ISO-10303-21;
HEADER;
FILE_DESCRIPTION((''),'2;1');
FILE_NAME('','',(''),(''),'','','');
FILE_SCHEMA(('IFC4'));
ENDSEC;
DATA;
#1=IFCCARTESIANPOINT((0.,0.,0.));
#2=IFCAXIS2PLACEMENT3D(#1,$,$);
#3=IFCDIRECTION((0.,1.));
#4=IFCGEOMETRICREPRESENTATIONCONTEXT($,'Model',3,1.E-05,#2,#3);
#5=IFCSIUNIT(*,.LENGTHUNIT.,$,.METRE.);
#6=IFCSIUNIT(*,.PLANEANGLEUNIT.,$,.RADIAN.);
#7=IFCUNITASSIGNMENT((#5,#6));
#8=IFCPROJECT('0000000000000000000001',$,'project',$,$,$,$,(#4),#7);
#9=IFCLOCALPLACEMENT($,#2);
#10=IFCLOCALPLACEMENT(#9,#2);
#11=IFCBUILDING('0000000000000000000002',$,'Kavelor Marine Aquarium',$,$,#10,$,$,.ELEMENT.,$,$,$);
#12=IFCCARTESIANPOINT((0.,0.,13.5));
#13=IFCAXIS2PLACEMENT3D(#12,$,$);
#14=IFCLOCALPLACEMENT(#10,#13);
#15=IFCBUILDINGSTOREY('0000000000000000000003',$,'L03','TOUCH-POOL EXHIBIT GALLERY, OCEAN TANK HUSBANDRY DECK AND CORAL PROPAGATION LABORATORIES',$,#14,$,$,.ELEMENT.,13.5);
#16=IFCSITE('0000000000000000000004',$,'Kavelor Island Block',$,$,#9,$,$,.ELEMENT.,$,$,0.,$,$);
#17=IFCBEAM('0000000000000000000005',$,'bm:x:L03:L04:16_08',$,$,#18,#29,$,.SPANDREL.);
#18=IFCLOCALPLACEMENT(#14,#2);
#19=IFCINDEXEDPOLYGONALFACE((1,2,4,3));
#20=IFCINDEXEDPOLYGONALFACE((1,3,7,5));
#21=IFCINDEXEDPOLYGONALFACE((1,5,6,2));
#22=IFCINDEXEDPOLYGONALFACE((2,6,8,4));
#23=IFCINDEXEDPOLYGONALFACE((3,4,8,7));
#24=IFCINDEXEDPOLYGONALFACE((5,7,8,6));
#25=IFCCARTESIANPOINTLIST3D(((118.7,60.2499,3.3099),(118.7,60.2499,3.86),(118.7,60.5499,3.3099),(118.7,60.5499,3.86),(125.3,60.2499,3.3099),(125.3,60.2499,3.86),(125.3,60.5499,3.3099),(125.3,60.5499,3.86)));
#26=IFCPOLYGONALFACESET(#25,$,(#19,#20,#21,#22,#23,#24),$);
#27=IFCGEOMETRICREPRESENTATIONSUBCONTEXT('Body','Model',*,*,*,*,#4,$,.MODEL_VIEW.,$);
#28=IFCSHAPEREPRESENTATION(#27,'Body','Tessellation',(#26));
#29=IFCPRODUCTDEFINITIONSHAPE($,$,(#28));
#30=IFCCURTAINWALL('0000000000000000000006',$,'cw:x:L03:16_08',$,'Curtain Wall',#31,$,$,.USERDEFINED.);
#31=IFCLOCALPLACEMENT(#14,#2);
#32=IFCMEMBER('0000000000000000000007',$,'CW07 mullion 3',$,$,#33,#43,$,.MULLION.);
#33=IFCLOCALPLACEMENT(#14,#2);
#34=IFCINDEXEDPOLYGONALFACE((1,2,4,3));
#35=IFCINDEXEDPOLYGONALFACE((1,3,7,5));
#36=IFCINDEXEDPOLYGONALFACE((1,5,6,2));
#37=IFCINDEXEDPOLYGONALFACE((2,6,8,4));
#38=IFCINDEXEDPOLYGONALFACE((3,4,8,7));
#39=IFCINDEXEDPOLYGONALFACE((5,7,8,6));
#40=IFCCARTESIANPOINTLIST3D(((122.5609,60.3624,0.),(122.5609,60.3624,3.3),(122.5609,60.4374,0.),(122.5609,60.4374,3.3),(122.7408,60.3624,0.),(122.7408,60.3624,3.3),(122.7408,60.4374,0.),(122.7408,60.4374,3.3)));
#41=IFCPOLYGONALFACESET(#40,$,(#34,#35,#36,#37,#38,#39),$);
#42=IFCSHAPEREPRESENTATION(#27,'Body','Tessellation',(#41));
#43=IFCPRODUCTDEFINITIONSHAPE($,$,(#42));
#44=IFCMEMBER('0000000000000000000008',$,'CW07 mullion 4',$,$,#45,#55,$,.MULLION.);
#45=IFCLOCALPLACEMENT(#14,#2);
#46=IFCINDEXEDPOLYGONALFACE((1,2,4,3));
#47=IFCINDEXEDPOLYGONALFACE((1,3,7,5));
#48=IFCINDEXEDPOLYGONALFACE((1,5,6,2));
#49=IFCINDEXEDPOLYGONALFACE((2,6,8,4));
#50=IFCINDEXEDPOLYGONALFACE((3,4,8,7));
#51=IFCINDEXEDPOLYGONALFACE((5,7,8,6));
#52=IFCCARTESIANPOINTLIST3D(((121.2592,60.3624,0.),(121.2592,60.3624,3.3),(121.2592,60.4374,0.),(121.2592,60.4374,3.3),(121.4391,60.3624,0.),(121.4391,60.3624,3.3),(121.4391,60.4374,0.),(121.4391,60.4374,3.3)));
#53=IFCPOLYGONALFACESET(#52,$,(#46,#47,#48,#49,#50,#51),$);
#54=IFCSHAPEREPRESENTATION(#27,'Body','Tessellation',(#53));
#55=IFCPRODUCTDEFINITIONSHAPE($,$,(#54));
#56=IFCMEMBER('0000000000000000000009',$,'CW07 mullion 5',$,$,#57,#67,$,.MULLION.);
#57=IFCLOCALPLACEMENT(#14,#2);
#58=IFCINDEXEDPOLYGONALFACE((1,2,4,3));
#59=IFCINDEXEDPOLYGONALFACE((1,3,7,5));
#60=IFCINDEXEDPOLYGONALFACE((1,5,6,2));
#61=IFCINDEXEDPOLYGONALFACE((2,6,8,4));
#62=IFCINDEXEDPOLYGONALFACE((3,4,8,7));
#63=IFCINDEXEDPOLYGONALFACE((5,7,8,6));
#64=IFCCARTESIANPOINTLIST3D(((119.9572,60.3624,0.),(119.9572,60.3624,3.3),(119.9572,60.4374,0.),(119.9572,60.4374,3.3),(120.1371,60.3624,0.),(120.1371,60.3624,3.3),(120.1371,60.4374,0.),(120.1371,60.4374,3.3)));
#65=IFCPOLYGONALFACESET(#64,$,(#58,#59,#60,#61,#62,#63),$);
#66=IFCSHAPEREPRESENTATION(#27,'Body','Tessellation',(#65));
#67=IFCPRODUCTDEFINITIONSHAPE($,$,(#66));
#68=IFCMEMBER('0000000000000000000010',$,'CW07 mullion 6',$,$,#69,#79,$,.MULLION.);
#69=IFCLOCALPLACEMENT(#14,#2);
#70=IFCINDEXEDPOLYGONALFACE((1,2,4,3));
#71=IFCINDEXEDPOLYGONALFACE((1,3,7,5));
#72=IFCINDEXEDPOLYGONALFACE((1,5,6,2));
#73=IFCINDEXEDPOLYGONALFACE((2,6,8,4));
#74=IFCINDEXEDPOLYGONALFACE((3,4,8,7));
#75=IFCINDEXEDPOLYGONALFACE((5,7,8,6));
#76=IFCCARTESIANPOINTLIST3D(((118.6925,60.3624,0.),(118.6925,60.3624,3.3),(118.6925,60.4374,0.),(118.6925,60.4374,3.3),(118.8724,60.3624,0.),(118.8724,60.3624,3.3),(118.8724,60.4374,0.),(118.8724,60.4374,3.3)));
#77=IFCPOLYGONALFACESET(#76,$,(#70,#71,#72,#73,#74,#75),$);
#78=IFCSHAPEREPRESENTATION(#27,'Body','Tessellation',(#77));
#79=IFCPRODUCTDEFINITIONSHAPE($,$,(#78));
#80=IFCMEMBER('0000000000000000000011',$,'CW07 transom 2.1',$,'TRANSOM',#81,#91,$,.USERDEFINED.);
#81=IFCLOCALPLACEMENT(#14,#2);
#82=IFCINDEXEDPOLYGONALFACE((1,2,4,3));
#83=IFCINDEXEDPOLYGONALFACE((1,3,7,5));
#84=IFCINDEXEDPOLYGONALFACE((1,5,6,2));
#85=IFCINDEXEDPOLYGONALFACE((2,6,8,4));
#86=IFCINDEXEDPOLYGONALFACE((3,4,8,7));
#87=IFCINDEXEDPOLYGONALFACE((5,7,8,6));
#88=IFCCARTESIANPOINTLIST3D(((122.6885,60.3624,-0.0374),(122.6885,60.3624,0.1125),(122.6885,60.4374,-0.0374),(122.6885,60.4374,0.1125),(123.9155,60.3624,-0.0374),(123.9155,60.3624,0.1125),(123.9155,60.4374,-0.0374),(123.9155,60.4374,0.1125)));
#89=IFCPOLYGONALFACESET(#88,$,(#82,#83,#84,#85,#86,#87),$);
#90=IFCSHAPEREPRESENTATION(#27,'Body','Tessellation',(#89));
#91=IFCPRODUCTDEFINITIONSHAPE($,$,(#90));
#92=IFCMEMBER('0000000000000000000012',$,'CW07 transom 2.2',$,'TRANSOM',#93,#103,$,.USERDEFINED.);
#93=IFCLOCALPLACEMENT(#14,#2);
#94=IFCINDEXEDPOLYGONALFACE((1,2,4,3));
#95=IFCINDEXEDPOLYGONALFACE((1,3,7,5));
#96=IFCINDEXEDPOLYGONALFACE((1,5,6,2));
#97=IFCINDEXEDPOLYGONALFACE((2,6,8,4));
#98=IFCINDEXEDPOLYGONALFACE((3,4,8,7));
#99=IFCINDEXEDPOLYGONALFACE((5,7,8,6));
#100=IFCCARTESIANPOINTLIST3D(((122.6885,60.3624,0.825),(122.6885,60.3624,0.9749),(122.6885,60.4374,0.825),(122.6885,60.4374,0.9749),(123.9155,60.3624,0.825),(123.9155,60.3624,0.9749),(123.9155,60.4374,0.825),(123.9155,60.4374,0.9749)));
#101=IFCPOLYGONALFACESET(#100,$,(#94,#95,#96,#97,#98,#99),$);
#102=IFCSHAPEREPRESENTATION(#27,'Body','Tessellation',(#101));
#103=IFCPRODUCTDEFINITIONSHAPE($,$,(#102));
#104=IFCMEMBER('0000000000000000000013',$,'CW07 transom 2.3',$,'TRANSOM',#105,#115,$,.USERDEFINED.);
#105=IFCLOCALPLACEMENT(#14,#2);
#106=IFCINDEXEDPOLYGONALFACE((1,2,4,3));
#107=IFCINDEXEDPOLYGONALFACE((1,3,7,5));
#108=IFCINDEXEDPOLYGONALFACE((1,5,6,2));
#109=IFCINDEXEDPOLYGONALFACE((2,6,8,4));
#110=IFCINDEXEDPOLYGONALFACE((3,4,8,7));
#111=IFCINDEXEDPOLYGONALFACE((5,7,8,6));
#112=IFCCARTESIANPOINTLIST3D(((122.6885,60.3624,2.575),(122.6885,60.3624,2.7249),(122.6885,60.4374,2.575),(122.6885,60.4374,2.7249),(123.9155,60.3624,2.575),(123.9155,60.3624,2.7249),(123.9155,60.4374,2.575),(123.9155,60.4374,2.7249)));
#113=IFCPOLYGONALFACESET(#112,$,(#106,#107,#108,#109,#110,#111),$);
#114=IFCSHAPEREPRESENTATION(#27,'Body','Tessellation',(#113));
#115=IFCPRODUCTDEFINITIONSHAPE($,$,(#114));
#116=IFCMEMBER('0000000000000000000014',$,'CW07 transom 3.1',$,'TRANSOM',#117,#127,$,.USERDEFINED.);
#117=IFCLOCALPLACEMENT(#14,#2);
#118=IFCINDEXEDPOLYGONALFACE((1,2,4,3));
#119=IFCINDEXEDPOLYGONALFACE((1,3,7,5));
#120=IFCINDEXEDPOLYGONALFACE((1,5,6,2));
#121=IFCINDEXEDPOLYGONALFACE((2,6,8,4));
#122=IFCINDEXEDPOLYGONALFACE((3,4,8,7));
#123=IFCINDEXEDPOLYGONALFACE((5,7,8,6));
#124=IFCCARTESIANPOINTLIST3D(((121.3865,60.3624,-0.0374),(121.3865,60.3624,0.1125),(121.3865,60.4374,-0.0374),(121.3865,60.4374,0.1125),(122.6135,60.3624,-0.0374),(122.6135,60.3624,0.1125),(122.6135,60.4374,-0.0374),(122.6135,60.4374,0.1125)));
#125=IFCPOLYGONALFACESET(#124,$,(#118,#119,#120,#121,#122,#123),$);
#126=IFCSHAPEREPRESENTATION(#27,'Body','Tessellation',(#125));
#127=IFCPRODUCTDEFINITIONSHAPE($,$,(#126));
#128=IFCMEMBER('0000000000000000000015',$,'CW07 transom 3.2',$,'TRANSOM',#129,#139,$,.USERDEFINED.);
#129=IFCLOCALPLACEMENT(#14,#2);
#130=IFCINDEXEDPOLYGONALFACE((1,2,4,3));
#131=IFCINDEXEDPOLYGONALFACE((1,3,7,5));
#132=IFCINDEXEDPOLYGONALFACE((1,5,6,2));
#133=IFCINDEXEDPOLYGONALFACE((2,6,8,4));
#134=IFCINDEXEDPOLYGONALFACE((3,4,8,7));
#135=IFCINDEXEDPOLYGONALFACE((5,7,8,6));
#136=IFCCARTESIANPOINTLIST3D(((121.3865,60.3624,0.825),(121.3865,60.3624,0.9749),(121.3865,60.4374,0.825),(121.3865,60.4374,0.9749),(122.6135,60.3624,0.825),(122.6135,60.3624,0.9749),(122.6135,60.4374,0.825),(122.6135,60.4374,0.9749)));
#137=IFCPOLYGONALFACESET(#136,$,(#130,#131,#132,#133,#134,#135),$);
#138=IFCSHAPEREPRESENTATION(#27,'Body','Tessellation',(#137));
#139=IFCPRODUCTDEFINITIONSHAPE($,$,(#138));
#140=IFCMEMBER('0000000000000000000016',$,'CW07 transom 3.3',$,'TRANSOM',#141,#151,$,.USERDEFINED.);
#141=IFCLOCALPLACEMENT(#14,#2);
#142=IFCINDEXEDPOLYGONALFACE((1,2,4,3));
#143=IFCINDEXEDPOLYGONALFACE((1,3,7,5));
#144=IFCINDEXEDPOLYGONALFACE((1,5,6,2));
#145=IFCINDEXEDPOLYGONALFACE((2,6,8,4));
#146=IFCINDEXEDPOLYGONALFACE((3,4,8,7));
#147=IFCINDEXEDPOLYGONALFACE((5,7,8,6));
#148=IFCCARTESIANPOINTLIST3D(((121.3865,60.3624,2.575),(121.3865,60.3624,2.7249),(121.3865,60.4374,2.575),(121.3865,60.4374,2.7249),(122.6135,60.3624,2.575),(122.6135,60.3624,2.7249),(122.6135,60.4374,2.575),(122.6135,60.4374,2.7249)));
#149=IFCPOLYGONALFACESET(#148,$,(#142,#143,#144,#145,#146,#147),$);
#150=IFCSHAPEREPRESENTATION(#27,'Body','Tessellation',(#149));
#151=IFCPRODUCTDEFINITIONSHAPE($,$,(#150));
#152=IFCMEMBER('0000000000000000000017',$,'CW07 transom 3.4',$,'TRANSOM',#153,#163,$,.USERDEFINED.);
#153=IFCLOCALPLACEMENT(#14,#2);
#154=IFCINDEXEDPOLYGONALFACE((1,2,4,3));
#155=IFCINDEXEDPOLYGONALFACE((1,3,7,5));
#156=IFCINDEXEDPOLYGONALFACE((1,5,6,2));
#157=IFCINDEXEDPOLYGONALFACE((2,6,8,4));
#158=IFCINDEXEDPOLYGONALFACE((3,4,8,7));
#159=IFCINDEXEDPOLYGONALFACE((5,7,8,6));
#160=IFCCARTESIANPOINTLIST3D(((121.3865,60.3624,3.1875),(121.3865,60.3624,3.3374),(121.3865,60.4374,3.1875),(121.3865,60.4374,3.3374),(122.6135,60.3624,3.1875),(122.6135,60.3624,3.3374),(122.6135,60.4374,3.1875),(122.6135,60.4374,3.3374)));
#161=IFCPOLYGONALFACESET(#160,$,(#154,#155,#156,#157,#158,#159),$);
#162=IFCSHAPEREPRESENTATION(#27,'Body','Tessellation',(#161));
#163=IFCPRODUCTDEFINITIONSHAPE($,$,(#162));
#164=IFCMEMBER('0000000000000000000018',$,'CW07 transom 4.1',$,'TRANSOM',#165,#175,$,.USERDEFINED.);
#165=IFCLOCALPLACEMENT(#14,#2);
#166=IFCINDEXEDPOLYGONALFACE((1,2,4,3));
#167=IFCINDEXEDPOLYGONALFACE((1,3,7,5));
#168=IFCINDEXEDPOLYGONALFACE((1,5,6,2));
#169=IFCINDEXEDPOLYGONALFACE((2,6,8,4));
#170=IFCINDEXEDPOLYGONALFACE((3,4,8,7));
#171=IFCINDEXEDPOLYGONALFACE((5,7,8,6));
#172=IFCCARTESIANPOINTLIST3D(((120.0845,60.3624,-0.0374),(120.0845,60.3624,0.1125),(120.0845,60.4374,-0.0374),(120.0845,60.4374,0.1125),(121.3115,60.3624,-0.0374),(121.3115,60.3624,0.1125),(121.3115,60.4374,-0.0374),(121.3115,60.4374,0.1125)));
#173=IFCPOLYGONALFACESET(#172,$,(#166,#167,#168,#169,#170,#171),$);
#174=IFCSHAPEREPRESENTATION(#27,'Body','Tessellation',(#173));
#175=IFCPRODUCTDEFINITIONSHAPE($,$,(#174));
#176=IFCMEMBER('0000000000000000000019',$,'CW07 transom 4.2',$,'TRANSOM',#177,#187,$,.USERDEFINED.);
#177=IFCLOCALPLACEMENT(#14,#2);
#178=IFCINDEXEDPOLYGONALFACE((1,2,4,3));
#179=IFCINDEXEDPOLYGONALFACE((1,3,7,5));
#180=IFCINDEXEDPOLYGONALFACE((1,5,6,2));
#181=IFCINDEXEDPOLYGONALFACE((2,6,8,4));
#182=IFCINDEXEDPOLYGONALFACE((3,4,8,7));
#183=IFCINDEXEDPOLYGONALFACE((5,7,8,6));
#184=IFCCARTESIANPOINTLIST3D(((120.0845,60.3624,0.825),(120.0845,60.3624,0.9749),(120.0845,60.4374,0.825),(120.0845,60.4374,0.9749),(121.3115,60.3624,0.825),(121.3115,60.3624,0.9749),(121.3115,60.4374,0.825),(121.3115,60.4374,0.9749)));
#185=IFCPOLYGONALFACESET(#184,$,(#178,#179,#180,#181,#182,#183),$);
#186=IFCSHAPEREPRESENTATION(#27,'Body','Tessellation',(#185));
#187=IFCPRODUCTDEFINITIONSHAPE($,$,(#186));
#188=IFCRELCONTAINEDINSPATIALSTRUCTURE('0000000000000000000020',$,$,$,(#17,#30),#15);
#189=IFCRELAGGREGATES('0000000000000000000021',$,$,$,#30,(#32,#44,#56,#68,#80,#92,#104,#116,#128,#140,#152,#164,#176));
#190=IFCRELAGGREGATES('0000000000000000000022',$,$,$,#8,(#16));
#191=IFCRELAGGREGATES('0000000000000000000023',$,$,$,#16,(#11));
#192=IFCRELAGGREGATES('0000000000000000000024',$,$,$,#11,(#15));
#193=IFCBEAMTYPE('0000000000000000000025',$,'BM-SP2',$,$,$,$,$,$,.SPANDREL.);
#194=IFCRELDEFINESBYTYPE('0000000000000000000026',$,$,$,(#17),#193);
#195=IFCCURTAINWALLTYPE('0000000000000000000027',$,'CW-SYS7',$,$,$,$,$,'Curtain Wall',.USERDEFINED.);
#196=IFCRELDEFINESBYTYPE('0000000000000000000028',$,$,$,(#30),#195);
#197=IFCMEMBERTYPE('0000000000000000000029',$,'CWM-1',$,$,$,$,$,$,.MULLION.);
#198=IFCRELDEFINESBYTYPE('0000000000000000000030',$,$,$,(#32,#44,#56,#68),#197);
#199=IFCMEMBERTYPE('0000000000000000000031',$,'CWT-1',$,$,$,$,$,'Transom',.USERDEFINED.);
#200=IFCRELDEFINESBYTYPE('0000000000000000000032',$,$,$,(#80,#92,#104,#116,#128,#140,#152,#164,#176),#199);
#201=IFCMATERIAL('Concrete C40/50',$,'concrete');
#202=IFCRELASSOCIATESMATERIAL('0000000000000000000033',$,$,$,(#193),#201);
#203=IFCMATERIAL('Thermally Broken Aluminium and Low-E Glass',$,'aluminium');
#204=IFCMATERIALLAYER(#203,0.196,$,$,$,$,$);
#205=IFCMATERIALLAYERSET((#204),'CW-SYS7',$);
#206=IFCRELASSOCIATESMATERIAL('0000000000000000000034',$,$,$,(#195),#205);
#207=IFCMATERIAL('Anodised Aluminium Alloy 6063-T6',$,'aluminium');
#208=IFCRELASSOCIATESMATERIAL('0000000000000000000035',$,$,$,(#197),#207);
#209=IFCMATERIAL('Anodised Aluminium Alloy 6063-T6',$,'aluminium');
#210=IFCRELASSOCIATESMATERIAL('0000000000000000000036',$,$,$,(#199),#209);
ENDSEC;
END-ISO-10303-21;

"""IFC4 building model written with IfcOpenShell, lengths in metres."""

from ifc_helpers import new_model, si_unit, direction, frame, origin, origin_2d, place, context, subcontext, project, spatial, rectangle, extrude, material, layer, layer_set, material_profile, profile_set, type_object, element, aggregate, save


model = new_model("IFC4")

# Units and contexts
model_context = context("Model", 3, precision=1e-05, world=origin(), true_north=direction((0.0, 1.0)))
body_context = subcontext(model_context, "Body", "Model", "MODEL_VIEW")
ifc_project = project(units=[si_unit("LENGTHUNIT", "METRE"), si_unit("PLANEANGLEUNIT", "RADIAN")], contexts=[model_context])

# Site, building, storey
site_placement = place(None, origin())
site = spatial("IfcSite", under=ifc_project, at=site_placement, Name="Kavelor Island Block", CompositionType="ELEMENT", RefElevation=0.0)
building_placement = place(site_placement, origin())
building = spatial("IfcBuilding", under=site, at=building_placement, Name="Kavelor Marine Aquarium", CompositionType="ELEMENT")
storey_placement = place(building_placement, frame((0.0, 0.0, 13.5)))
storey = spatial("IfcBuildingStorey", under=building, at=storey_placement, Name="L03", Description="TOUCH-POOL EXHIBIT GALLERY, OCEAN TANK HUSBANDRY DECK AND CORAL PROPAGATION LABORATORIES", CompositionType="ELEMENT", Elevation=13.5)

# Beam
ifc_material_1 = material(Name="Concrete C40/50", Category="concrete")
ifc_material_profile_1 = material_profile(ifc_material_1, rectangle(XDim=0.3, YDim=0.55, at=origin_2d()), Name="RC-SP 300x550")
ifc_profile_set_1 = profile_set([ifc_material_profile_1], Name="Concrete C40/50")
beam_type = type_object("IfcBeamType", Name="BM-SP2", PredefinedType="SPANDREL", material=ifc_profile_set_1)
beam_placement = place(storey_placement, frame((118.7, 60.3999, 3.585), z_axis=(1.0, 0.0, 0.0), x_axis=(0.0, 1.0, 0.0)))
element("IfcBeam", 1, at=beam_placement, inside=storey, type_object=beam_type, Name="bm:x:L03:L04:16_08", PredefinedType="SPANDREL", context=body_context, shape_type="SweptSolid", body=[
    extrude(rectangle(XDim=0.3, YDim=0.55, at=origin_2d()), origin(), (0.0, 0.0, 1.0), 6.6001),
])

# Curtain wall, members
ifc_material_2 = material(Name="Thermally Broken Aluminium and Low-E Glass", Category="aluminium")
ifc_layer_1 = layer(ifc_material_2, 0.196)
ifc_layer_set_1 = layer_set([ifc_layer_1], Name="CW-SYS7")
curtain_wall_type = type_object("IfcCurtainWallType", Name="CW-SYS7", ElementType="Curtain Wall", PredefinedType="USERDEFINED", material=ifc_layer_set_1)
curtain_wall_placement = place(storey_placement, origin())
curtain_wall = element("IfcCurtainWall", 2, at=curtain_wall_placement, inside=storey, type_object=curtain_wall_type, Name="cw:x:L03:16_08", ObjectType="Curtain Wall", PredefinedType="USERDEFINED")
ifc_material_3 = material(Name="Anodised Aluminium Alloy 6063-T6", Category="aluminium")
ifc_material_profile_2 = material_profile(ifc_material_3, rectangle(XDim=0.075, YDim=0.1799, at=origin_2d()), Name="CW-MUL 75x180")
ifc_profile_set_2 = profile_set([ifc_material_profile_2], Name="Anodised Aluminium Alloy 6063-T6")
member_type_1 = type_object("IfcMemberType", Name="CWM-1", PredefinedType="MULLION", material=ifc_profile_set_2)
member_1_placement = place(storey_placement, frame((122.6509, 60.3999, 0.0), z_axis=(0.0, 0.0, 1.0), x_axis=(0.0, -1.0, 0.0)))
member_1 = element("IfcMember", 3, at=member_1_placement, type_object=member_type_1, Name="CW07 mullion 3", PredefinedType="MULLION", context=body_context, shape_type="SweptSolid", body=[
    extrude(rectangle(XDim=0.075, YDim=0.1799, at=origin_2d()), origin(), (0.0, 0.0, 1.0), 3.3),
])
member_2_placement = place(storey_placement, frame((121.3491, 60.3999, 0.0), z_axis=(0.0, 0.0, 1.0), x_axis=(0.0, -1.0, 0.0)))
member_2 = element("IfcMember", 4, at=member_2_placement, type_object=member_type_1, Name="CW07 mullion 4", PredefinedType="MULLION", context=body_context, shape_type="SweptSolid", body=[
    extrude(rectangle(XDim=0.075, YDim=0.1799, at=origin_2d()), origin(), (0.0, 0.0, 1.0), 3.3),
])
member_3_placement = place(storey_placement, frame((120.0471, 60.3999, 0.0), z_axis=(0.0, 0.0, 1.0), x_axis=(0.0, -1.0, 0.0)))
member_3 = element("IfcMember", 5, at=member_3_placement, type_object=member_type_1, Name="CW07 mullion 5", PredefinedType="MULLION", context=body_context, shape_type="SweptSolid", body=[
    extrude(rectangle(XDim=0.075, YDim=0.1799, at=origin_2d()), origin(), (0.0, 0.0, 1.0), 3.3),
])
member_4_placement = place(storey_placement, frame((118.7825, 60.3999, 0.0), z_axis=(0.0, 0.0, 1.0), x_axis=(0.0, -1.0, 0.0)))
member_4 = element("IfcMember", 6, at=member_4_placement, type_object=member_type_1, Name="CW07 mullion 6", PredefinedType="MULLION", context=body_context, shape_type="SweptSolid", body=[
    extrude(rectangle(XDim=0.075, YDim=0.1799, at=origin_2d()), origin(), (0.0, 0.0, 1.0), 3.3),
])
ifc_material_4 = material(Name="Anodised Aluminium Alloy 6063-T6", Category="aluminium")
ifc_material_profile_3 = material_profile(ifc_material_4, rectangle(XDim=0.075, YDim=0.1499, at=origin_2d()), Name="CW-TRN 75x150")
ifc_profile_set_3 = profile_set([ifc_material_profile_3], Name="Anodised Aluminium Alloy 6063-T6")
member_type_2 = type_object("IfcMemberType", Name="CWT-1", ElementType="Transom", PredefinedType="USERDEFINED", material=ifc_profile_set_3)
member_5_placement = place(storey_placement, frame((123.9155, 60.3999, 0.0376), z_axis=(-1.0, 0.0, 0.0), x_axis=(0.0, -1.0, 0.0)))
member_5 = element("IfcMember", 7, at=member_5_placement, type_object=member_type_2, Name="CW07 transom 2.1", ObjectType="TRANSOM", PredefinedType="USERDEFINED", context=body_context, shape_type="SweptSolid", body=[
    extrude(rectangle(XDim=0.075, YDim=0.1499, at=origin_2d()), origin(), (0.0, 0.0, 1.0), 1.2271),
])
member_6_placement = place(storey_placement, frame((123.9155, 60.3999, 0.8999), z_axis=(-1.0, 0.0, 0.0), x_axis=(0.0, -1.0, 0.0)))
member_6 = element("IfcMember", 8, at=member_6_placement, type_object=member_type_2, Name="CW07 transom 2.2", ObjectType="TRANSOM", PredefinedType="USERDEFINED", context=body_context, shape_type="SweptSolid", body=[
    extrude(rectangle(XDim=0.075, YDim=0.1499, at=origin_2d()), origin(), (0.0, 0.0, 1.0), 1.2271),
])
member_7_placement = place(storey_placement, frame((123.9155, 60.3999, 2.6499), z_axis=(-1.0, 0.0, 0.0), x_axis=(0.0, -1.0, 0.0)))
member_7 = element("IfcMember", 9, at=member_7_placement, type_object=member_type_2, Name="CW07 transom 2.3", ObjectType="TRANSOM", PredefinedType="USERDEFINED", context=body_context, shape_type="SweptSolid", body=[
    extrude(rectangle(XDim=0.075, YDim=0.1499, at=origin_2d()), origin(), (0.0, 0.0, 1.0), 1.2271),
])
member_8_placement = place(storey_placement, frame((122.6135, 60.3999, 0.0376), z_axis=(-1.0, 0.0, 0.0), x_axis=(0.0, -1.0, 0.0)))
member_8 = element("IfcMember", 10, at=member_8_placement, type_object=member_type_2, Name="CW07 transom 3.1", ObjectType="TRANSOM", PredefinedType="USERDEFINED", context=body_context, shape_type="SweptSolid", body=[
    extrude(rectangle(XDim=0.075, YDim=0.1499, at=origin_2d()), origin(), (0.0, 0.0, 1.0), 1.2271),
])
member_9_placement = place(storey_placement, frame((122.6135, 60.3999, 0.8999), z_axis=(-1.0, 0.0, 0.0), x_axis=(0.0, -1.0, 0.0)))
member_9 = element("IfcMember", 11, at=member_9_placement, type_object=member_type_2, Name="CW07 transom 3.2", ObjectType="TRANSOM", PredefinedType="USERDEFINED", context=body_context, shape_type="SweptSolid", body=[
    extrude(rectangle(XDim=0.075, YDim=0.1499, at=origin_2d()), origin(), (0.0, 0.0, 1.0), 1.2271),
])
member_10_placement = place(storey_placement, frame((122.6135, 60.3999, 2.6499), z_axis=(-1.0, 0.0, 0.0), x_axis=(0.0, -1.0, 0.0)))
member_10 = element("IfcMember", 12, at=member_10_placement, type_object=member_type_2, Name="CW07 transom 3.3", ObjectType="TRANSOM", PredefinedType="USERDEFINED", context=body_context, shape_type="SweptSolid", body=[
    extrude(rectangle(XDim=0.075, YDim=0.1499, at=origin_2d()), origin(), (0.0, 0.0, 1.0), 1.2271),
])
member_11_placement = place(storey_placement, frame((122.6135, 60.3999, 3.2625), z_axis=(-1.0, 0.0, 0.0), x_axis=(0.0, -1.0, 0.0)))
member_11 = element("IfcMember", 13, at=member_11_placement, type_object=member_type_2, Name="CW07 transom 3.4", ObjectType="TRANSOM", PredefinedType="USERDEFINED", context=body_context, shape_type="SweptSolid", body=[
    extrude(rectangle(XDim=0.075, YDim=0.1499, at=origin_2d()), origin(), (0.0, 0.0, 1.0), 1.2271),
])
member_12_placement = place(storey_placement, frame((121.3115, 60.3999, 0.0376), z_axis=(-1.0, 0.0, 0.0), x_axis=(0.0, -1.0, 0.0)))
member_12 = element("IfcMember", 14, at=member_12_placement, type_object=member_type_2, Name="CW07 transom 4.1", ObjectType="TRANSOM", PredefinedType="USERDEFINED", context=body_context, shape_type="SweptSolid", body=[
    extrude(rectangle(XDim=0.075, YDim=0.1499, at=origin_2d()), origin(), (0.0, 0.0, 1.0), 1.2271),
])
member_13_placement = place(storey_placement, frame((121.3115, 60.3999, 0.8999), z_axis=(-1.0, 0.0, 0.0), x_axis=(0.0, -1.0, 0.0)))
member_13 = element("IfcMember", 15, at=member_13_placement, type_object=member_type_2, Name="CW07 transom 4.2", ObjectType="TRANSOM", PredefinedType="USERDEFINED", context=body_context, shape_type="SweptSolid", body=[
    extrude(rectangle(XDim=0.075, YDim=0.1499, at=origin_2d()), origin(), (0.0, 0.0, 1.0), 1.2271),
])
aggregate(curtain_wall, [member_1, member_2, member_3, member_4, member_5, member_6, member_7, member_8, member_9, member_10, member_11, member_12, member_13])

save(model, "model.ifc")
